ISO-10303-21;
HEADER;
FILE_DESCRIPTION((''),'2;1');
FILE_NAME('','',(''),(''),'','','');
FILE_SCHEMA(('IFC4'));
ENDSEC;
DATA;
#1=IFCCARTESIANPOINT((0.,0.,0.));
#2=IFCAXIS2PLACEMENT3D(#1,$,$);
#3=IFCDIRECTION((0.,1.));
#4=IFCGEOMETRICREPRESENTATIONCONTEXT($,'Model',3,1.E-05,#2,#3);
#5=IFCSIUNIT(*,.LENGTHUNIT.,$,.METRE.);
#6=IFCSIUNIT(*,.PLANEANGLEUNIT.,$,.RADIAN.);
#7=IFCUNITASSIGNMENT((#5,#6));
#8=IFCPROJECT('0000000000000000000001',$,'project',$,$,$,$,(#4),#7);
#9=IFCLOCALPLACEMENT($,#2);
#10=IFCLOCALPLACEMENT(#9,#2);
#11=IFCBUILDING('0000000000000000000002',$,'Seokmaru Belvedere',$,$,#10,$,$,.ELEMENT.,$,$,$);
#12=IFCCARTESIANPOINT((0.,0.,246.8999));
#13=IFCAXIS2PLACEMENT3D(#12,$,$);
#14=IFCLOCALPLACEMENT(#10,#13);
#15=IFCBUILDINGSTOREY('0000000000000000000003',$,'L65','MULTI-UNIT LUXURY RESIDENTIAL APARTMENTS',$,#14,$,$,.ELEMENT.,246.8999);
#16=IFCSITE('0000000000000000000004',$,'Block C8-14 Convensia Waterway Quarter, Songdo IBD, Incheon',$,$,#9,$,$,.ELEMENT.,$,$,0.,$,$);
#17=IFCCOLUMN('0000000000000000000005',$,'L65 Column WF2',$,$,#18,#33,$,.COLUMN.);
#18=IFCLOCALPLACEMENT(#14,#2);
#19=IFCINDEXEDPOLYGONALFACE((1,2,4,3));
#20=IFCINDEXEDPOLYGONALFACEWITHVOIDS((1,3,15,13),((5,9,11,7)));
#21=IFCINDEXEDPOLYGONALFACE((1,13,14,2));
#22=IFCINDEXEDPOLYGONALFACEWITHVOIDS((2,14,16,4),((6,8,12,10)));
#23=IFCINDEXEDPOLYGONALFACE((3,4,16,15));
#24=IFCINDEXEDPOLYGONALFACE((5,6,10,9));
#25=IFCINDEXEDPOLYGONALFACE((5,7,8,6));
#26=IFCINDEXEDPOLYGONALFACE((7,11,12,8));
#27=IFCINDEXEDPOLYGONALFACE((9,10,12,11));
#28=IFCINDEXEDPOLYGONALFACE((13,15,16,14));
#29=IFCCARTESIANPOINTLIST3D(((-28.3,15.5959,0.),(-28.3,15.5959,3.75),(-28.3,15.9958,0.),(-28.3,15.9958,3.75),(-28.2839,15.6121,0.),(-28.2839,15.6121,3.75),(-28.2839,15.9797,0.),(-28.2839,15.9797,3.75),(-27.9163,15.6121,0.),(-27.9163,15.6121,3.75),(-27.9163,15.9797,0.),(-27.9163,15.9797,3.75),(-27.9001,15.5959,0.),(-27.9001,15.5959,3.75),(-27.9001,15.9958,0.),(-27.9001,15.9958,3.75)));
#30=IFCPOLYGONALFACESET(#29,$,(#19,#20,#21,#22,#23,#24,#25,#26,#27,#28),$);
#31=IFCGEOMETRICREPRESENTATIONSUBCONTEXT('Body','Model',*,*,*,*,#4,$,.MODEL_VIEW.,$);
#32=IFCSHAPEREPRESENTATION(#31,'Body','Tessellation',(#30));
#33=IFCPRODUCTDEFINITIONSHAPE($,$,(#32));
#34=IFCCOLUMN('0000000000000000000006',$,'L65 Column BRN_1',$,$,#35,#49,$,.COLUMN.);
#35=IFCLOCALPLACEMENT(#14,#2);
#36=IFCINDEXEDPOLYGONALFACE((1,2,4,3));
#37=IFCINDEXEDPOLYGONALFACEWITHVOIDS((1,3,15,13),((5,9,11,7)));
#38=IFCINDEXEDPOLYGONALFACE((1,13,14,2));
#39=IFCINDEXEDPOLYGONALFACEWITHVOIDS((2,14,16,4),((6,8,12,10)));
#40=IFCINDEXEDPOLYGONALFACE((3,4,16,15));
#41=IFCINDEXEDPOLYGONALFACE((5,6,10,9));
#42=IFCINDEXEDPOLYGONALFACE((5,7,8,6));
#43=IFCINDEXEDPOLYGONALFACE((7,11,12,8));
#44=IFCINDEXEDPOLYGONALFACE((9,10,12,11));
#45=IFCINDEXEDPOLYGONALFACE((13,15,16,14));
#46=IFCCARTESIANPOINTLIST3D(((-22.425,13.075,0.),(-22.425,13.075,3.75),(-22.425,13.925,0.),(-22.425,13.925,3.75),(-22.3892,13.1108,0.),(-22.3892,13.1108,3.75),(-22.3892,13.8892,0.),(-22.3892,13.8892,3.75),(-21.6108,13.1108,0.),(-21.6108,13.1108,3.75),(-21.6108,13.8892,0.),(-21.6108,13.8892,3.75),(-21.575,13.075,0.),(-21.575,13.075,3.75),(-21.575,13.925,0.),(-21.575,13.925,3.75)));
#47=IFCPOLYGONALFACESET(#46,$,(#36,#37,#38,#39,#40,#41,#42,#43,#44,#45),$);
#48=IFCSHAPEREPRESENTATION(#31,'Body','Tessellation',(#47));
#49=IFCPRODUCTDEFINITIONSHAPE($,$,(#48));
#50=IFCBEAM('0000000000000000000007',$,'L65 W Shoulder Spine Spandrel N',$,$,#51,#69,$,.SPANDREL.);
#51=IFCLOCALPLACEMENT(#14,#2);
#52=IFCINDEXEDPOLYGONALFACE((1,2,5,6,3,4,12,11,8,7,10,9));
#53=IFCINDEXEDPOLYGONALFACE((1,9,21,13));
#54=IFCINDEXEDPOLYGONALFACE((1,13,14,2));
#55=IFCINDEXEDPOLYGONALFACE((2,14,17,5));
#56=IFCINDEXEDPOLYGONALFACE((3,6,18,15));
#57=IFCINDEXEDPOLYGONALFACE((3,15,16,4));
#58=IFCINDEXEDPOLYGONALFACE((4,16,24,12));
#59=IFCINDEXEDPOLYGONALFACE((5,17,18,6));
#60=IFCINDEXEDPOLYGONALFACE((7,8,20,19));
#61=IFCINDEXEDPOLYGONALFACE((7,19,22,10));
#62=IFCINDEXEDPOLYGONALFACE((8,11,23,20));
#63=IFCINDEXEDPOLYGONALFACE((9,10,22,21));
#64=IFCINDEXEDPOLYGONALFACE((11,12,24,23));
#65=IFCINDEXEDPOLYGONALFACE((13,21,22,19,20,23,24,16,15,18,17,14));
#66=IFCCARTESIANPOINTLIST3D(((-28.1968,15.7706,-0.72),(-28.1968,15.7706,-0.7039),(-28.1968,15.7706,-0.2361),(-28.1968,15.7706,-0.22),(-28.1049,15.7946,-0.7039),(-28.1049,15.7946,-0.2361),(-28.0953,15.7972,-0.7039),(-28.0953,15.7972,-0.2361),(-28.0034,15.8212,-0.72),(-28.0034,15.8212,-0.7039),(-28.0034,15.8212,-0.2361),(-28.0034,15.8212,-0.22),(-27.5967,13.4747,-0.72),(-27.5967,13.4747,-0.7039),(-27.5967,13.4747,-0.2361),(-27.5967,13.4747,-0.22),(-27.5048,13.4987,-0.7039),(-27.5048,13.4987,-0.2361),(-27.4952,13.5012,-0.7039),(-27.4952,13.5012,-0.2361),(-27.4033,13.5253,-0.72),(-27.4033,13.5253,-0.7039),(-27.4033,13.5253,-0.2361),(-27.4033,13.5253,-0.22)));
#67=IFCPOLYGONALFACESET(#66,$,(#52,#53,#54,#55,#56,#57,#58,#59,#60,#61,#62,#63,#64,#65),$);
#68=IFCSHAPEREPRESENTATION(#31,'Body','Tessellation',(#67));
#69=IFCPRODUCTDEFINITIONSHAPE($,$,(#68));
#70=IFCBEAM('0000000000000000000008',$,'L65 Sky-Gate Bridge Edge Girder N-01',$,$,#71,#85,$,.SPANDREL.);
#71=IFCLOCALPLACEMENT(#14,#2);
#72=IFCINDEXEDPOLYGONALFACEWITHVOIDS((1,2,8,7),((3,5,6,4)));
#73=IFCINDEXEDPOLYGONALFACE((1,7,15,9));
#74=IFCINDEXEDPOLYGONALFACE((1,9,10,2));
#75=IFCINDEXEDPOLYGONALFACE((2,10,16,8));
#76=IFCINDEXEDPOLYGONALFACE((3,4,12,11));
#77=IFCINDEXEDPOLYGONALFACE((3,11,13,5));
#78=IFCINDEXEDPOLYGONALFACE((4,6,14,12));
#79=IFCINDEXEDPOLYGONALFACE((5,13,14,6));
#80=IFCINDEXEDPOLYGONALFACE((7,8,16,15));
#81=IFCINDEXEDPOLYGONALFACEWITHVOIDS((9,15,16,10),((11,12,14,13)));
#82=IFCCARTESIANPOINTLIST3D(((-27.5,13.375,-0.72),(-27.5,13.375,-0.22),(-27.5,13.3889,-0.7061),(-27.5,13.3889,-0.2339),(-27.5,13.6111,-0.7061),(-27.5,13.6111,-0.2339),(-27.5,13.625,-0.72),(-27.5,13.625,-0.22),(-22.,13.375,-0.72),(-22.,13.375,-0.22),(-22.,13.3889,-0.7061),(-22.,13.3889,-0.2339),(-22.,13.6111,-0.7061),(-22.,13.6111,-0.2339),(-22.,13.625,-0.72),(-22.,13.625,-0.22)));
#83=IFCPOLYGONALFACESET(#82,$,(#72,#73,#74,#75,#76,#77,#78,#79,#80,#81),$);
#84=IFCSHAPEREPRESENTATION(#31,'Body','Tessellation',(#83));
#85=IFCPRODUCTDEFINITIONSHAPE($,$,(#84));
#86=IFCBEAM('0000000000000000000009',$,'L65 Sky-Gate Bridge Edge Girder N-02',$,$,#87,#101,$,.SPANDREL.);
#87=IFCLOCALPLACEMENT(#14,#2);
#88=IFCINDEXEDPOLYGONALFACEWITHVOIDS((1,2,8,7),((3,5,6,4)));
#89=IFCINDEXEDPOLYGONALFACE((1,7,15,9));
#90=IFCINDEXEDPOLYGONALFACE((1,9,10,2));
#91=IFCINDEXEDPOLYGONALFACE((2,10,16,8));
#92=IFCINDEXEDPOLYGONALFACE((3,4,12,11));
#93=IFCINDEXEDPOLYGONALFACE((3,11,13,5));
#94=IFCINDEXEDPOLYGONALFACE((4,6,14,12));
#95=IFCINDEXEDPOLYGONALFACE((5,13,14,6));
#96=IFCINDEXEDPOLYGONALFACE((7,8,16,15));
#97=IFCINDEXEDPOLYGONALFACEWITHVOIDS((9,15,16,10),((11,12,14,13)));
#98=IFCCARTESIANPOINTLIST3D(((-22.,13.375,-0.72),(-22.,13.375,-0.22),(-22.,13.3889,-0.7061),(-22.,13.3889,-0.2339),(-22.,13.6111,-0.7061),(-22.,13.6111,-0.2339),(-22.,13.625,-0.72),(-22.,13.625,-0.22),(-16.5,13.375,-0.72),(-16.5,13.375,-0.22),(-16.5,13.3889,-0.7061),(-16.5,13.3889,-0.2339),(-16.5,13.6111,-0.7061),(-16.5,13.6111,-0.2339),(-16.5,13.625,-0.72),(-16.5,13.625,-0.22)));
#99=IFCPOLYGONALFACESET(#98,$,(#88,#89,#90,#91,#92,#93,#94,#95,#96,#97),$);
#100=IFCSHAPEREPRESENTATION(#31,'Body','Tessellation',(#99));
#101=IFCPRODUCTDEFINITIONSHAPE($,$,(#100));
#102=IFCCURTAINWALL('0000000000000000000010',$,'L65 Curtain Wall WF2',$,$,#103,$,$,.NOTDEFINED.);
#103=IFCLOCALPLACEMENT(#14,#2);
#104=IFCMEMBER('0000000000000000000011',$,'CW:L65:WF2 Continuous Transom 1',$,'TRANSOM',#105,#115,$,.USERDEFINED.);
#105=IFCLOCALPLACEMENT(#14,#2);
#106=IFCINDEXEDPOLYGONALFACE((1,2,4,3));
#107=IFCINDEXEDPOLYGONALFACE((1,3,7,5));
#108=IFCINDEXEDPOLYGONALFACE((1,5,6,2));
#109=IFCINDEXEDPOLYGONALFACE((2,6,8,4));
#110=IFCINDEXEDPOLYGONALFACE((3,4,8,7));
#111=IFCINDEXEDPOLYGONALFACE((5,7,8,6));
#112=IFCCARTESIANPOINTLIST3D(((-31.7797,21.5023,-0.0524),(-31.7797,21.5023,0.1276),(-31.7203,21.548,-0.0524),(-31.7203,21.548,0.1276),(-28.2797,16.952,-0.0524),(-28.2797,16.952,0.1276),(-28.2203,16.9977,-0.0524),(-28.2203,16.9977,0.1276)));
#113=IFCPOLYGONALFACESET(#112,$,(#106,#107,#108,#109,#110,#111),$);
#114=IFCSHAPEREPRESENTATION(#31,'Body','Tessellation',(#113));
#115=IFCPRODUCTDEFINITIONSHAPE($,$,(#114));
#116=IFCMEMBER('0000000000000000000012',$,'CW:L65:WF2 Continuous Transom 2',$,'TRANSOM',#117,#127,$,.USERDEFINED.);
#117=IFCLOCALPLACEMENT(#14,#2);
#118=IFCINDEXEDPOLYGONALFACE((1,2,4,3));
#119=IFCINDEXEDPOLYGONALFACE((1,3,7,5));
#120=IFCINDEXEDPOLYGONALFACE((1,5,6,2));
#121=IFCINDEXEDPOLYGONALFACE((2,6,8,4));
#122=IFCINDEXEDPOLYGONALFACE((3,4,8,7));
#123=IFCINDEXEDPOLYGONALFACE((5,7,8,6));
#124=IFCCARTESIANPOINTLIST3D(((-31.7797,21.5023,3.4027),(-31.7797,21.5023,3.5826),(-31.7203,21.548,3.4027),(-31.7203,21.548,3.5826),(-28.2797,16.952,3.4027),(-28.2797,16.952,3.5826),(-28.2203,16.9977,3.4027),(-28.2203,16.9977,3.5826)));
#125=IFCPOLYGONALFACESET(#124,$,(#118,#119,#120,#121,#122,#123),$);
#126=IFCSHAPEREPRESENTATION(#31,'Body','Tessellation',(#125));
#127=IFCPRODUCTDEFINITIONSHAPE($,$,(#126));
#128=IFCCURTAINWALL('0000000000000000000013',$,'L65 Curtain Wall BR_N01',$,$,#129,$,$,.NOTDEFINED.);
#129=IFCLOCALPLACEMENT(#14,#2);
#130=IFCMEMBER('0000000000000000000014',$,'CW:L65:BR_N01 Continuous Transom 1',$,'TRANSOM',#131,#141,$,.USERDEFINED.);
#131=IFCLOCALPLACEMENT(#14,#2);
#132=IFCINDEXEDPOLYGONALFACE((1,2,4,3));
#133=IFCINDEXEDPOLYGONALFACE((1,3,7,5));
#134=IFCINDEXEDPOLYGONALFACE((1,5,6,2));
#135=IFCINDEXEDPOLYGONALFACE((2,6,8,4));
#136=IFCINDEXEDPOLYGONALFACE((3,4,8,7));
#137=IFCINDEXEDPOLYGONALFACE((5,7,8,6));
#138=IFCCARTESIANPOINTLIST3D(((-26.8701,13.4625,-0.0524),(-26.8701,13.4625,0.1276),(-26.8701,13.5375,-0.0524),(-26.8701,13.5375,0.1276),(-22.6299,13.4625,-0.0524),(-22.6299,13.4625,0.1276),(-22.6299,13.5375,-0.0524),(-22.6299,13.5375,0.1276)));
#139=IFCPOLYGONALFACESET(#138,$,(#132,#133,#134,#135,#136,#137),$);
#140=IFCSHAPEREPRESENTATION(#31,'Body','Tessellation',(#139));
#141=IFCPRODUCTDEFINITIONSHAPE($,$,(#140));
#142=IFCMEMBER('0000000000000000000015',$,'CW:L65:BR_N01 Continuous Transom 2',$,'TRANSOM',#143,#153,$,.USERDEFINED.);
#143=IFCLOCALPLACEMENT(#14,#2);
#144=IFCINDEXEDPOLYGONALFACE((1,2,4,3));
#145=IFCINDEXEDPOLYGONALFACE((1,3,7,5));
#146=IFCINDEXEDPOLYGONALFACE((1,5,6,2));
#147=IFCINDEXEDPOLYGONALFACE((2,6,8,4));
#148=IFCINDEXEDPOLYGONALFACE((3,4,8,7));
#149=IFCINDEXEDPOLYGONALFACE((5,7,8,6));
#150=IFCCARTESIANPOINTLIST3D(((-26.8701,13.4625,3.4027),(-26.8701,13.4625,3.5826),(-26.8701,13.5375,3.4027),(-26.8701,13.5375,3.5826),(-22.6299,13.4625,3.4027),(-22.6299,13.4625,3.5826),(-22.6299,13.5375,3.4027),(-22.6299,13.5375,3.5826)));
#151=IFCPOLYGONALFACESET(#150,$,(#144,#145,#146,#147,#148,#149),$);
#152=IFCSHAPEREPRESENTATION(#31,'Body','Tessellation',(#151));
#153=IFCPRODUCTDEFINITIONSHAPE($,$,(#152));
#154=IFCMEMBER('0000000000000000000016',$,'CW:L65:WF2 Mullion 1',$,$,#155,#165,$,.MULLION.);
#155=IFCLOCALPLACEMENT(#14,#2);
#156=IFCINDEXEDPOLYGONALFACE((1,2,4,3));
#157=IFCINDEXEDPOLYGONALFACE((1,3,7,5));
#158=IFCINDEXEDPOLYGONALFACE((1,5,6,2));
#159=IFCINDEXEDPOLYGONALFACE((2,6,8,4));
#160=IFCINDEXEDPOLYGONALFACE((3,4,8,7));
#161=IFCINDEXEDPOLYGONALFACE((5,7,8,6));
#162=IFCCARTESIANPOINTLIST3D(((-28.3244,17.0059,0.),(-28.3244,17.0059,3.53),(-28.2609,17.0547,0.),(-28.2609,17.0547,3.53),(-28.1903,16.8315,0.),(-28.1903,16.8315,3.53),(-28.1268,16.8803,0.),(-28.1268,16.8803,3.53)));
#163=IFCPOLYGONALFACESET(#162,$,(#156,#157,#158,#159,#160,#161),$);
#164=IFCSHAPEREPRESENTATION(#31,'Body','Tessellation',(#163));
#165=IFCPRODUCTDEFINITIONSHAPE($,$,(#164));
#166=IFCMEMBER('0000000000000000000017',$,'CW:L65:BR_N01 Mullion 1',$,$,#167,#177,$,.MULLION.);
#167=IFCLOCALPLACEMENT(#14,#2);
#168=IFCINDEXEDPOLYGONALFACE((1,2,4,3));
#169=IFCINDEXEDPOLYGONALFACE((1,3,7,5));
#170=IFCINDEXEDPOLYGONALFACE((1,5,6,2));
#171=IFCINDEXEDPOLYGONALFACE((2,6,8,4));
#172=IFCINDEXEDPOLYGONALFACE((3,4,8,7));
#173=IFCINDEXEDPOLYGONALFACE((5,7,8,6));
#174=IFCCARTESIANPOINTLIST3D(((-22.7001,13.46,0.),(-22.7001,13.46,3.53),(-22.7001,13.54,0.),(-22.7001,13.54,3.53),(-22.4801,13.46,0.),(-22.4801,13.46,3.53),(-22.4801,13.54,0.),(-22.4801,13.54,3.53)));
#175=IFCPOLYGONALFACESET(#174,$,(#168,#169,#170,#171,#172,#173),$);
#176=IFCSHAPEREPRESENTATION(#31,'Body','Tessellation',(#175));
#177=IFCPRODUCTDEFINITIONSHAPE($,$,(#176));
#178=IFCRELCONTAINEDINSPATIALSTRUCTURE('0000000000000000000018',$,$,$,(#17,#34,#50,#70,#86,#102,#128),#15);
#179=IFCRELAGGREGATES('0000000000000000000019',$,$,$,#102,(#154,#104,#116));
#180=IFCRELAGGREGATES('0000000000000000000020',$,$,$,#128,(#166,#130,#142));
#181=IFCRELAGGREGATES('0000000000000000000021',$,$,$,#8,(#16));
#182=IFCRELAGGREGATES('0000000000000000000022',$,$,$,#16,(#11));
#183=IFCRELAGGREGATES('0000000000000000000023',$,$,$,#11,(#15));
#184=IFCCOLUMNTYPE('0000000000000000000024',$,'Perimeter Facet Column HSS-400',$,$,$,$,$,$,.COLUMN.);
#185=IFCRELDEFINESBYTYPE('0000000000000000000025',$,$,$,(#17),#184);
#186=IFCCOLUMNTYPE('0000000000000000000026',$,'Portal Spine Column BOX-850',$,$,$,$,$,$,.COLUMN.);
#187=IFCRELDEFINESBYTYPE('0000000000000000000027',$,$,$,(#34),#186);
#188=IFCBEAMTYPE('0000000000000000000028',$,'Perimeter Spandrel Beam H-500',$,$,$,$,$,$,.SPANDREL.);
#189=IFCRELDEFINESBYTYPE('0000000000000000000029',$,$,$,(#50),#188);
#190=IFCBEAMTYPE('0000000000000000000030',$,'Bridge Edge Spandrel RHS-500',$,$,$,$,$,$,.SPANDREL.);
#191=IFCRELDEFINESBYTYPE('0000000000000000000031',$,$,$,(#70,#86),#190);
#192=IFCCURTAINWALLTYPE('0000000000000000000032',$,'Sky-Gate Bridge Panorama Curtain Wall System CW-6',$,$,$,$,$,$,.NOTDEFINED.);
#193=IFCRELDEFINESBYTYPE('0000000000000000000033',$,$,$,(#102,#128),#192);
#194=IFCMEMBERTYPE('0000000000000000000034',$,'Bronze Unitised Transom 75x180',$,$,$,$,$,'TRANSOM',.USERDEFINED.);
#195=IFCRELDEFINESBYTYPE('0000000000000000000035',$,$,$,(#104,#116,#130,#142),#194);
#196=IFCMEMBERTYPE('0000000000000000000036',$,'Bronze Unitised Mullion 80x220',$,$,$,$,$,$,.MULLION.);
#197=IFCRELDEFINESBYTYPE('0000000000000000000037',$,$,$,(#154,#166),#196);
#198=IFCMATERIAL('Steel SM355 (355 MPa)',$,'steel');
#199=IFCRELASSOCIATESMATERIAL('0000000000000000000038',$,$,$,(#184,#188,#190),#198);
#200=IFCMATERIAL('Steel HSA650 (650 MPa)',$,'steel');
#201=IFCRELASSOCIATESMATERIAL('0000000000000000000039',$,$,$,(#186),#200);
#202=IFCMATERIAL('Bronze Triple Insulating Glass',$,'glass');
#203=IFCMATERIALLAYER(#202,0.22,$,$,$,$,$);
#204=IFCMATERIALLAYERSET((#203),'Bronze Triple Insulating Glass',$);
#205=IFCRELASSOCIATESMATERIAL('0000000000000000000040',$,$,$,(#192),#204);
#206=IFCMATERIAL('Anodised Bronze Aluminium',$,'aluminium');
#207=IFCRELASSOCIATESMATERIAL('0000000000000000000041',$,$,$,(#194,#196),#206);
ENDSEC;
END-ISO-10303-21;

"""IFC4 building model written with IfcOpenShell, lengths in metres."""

from ifc_helpers import new_model, si_unit, direction, frame, origin, origin_2d, place, context, subcontext, project, spatial, rectangle, hollow_rectangle, i_section, extrude, source, transform, mapped, material, layer, layer_set, material_profile, profile_set, type_object, type_shapes, element, aggregate, save


model = new_model("IFC4")

# Units and contexts
model_context = context("Model", 3, precision=1e-05, world=origin(), true_north=direction((0.0, 1.0)))
body_context = subcontext(model_context, "Body", "Model", "MODEL_VIEW")
ifc_project = project(units=[si_unit("LENGTHUNIT", "METRE"), si_unit("PLANEANGLEUNIT", "RADIAN")], contexts=[model_context])

# Site, building, storey
site_placement = place(None, origin())
site = spatial("IfcSite", under=ifc_project, at=site_placement, Name="Block C8-14 Convensia Waterway Quarter, Songdo IBD, Incheon", CompositionType="ELEMENT", RefElevation=0.0)
building_placement = place(site_placement, origin())
building = spatial("IfcBuilding", under=site, at=building_placement, Name="Seokmaru Belvedere", CompositionType="ELEMENT")
storey_placement = place(building_placement, frame((0.0, 0.0, 246.8999)))
storey = spatial("IfcBuildingStorey", under=building, at=storey_placement, Name="L65", Description="MULTI-UNIT LUXURY RESIDENTIAL APARTMENTS", CompositionType="ELEMENT", Elevation=246.8999)

# Columns
ifc_material_1 = material(Name="Steel SM355 (355 MPa)", Category="steel")
ifc_material_profile_1 = material_profile(ifc_material_1, hollow_rectangle(XDim=0.3999, YDim=0.3999, WallThickness=0.0161, at=origin_2d()), Name="HSS-400x400x16")
ifc_profile_set_1 = profile_set([ifc_material_profile_1], Name="Steel SM355 (355 MPa)")
column_type_1 = type_object("IfcColumnType", Name="Perimeter Facet Column HSS-400", PredefinedType="COLUMN", material=ifc_profile_set_1)
shared_shape_1 = source(origin(), body_context, "Body", "SweptSolid", [
    extrude(hollow_rectangle(XDim=0.3999, YDim=0.3999, WallThickness=0.0161, at=origin_2d()), origin(), (0.0, 0.0, 1.0), 3.75),
])
type_shapes(column_type_1, [shared_shape_1])
column_1_placement = place(storey_placement, frame((-28.1001, 15.7959, 0.0), z_axis=(0.0, 0.0, 1.0), x_axis=(1.0, 0.0, 0.0)))
element("IfcColumn", 1, at=column_1_placement, inside=storey, type_object=column_type_1, Name="L65 Column WF2", PredefinedType="COLUMN", context=body_context, shape_type="MappedRepresentation", body=[
    mapped(shared_shape_1, transform((0.0, 0.0, 0.0), scale=1.0)),
])
ifc_material_2 = material(Name="Steel HSA650 (650 MPa)", Category="steel")
ifc_material_profile_2 = material_profile(ifc_material_2, hollow_rectangle(XDim=0.8501, YDim=0.8501, WallThickness=0.0359, at=origin_2d()), Name="BOX-850x850x36")
ifc_profile_set_2 = profile_set([ifc_material_profile_2], Name="Steel HSA650 (650 MPa)")
column_type_2 = type_object("IfcColumnType", Name="Portal Spine Column BOX-850", PredefinedType="COLUMN", material=ifc_profile_set_2)
shared_shape_2 = source(origin(), body_context, "Body", "SweptSolid", [
    extrude(hollow_rectangle(XDim=0.8501, YDim=0.8501, WallThickness=0.0359, at=origin_2d()), origin(), (0.0, 0.0, 1.0), 3.75),
])
type_shapes(column_type_2, [shared_shape_2])
column_2_placement = place(storey_placement, frame((-22.0, 13.5, 0.0), z_axis=(0.0, 0.0, 1.0), x_axis=(1.0, 0.0, 0.0)))
element("IfcColumn", 2, at=column_2_placement, inside=storey, type_object=column_type_2, Name="L65 Column BRN_1", PredefinedType="COLUMN", context=body_context, shape_type="MappedRepresentation", body=[
    mapped(shared_shape_2, transform((0.0, 0.0, 0.0), scale=1.0)),
])

# Beams
ifc_material_profile_3 = material_profile(ifc_material_1, i_section(OverallWidth=0.2, OverallDepth=0.5, WebThickness=0.01, FlangeThickness=0.0161, at=origin_2d()), Name="H-500x200x10x16")
ifc_profile_set_3 = profile_set([ifc_material_profile_3], Name="Steel SM355 (355 MPa)")
beam_type_1 = type_object("IfcBeamType", Name="Perimeter Spandrel Beam H-500", PredefinedType="SPANDREL", material=ifc_profile_set_3)
shared_shape_3 = source(origin(), body_context, "Body", "SweptSolid", [
    extrude(i_section(OverallWidth=0.2, OverallDepth=0.5, WebThickness=0.01, FlangeThickness=0.0161, at=origin_2d()), origin(), (0.0, 0.0, 1.0), 2.373),
])
type_shapes(beam_type_1, [shared_shape_3])
beam_placement = place(storey_placement, frame((-28.1001, 15.7959, -0.47), z_axis=(0.252883, -0.967497, 0.0), x_axis=(0.967497, 0.252883, 0.0)))
element("IfcBeam", 3, at=beam_placement, inside=storey, type_object=beam_type_1, Name="L65 W Shoulder Spine Spandrel N", PredefinedType="SPANDREL", context=body_context, shape_type="MappedRepresentation", body=[
    mapped(shared_shape_3, transform((0.0, 0.0, 0.0), scale=1.0)),
])
ifc_material_profile_4 = material_profile(ifc_material_1, hollow_rectangle(XDim=0.25, YDim=0.5, WallThickness=0.0139, at=origin_2d()), Name="RHS-500x250x14")
ifc_profile_set_4 = profile_set([ifc_material_profile_4], Name="Steel SM355 (355 MPa)")
beam_type_2 = type_object("IfcBeamType", Name="Bridge Edge Spandrel RHS-500", PredefinedType="SPANDREL", material=ifc_profile_set_4)
shared_shape_4 = source(origin(), body_context, "Body", "SweptSolid", [
    extrude(hollow_rectangle(XDim=0.25, YDim=0.5, WallThickness=0.0139, at=origin_2d()), origin(), (0.0, 0.0, 1.0), 5.5),
])
type_shapes(beam_type_2, [shared_shape_4])
for number, where, z_axis, x_axis, name in (
    (4, (-27.5, 13.5, -0.47), (1.0, 0.0, 0.0), (0.0, 1.0, 0.0), "L65 Sky-Gate Bridge Edge Girder N-01"),
    (5, (-22.0, 13.5, -0.47), (1.0, 0.0, 0.0), (0.0, 1.0, 0.0), "L65 Sky-Gate Bridge Edge Girder N-02"),
):
    element("IfcBeam", number, at=place(storey_placement, frame(where, z_axis=z_axis, x_axis=x_axis)), inside=storey, type_object=beam_type_2, Name=name, PredefinedType="SPANDREL", context=body_context, shape_type="MappedRepresentation", body=[
        mapped(shared_shape_4, transform((0.0, 0.0, 0.0), scale=1.0)),
    ])

# Curtain walls, members
ifc_material_3 = material(Name="Bronze Triple Insulating Glass", Category="glass")
ifc_layer_1 = layer(ifc_material_3, 0.22)
ifc_layer_set_1 = layer_set([ifc_layer_1], Name="Bronze Triple Insulating Glass")
curtain_wall_type = type_object("IfcCurtainWallType", Name="Sky-Gate Bridge Panorama Curtain Wall System CW-6", PredefinedType="NOTDEFINED", material=ifc_layer_set_1)
curtain_wall_1_placement = place(storey_placement, origin())
curtain_wall_1 = element("IfcCurtainWall", 6, at=curtain_wall_1_placement, inside=storey, type_object=curtain_wall_type, Name="L65 Curtain Wall WF2", PredefinedType="NOTDEFINED")
ifc_material_4 = material(Name="Anodised Bronze Aluminium", Category="aluminium")
ifc_material_profile_5 = material_profile(ifc_material_4, rectangle(XDim=0.075, YDim=0.1799, at=origin_2d()), Name="CW-T-75x180")
ifc_profile_set_5 = profile_set([ifc_material_profile_5], Name="Anodised Bronze Aluminium")
member_type_1 = type_object("IfcMemberType", Name="Bronze Unitised Transom 75x180", ElementType="TRANSOM", PredefinedType="USERDEFINED", material=ifc_profile_set_5)
shared_shape_5 = source(origin(), body_context, "Body", "SweptSolid", [
    extrude(rectangle(XDim=0.075, YDim=0.1799, at=origin_2d()), origin(), (0.0, 0.0, 1.0), 5.7407),
])
member_1_placement = place(storey_placement, frame((-28.25, 16.9749, 0.0376), z_axis=(-0.609686, 0.792643, 0.0), x_axis=(-0.792643, -0.609686, 0.0)))
member_1 = element("IfcMember", 7, at=member_1_placement, type_object=member_type_1, Name="CW:L65:WF2 Continuous Transom 1", ObjectType="TRANSOM", PredefinedType="USERDEFINED", context=body_context, shape_type="MappedRepresentation", body=[
    mapped(shared_shape_5, transform((0.0, 0.0, 0.0), scale=1.0)),
])
member_2_placement = place(storey_placement, frame((-28.25, 16.9749, 3.4927), z_axis=(-0.609686, 0.792643, 0.0), x_axis=(-0.792643, -0.609686, 0.0)))
member_2 = element("IfcMember", 8, at=member_2_placement, type_object=member_type_1, Name="CW:L65:WF2 Continuous Transom 2", ObjectType="TRANSOM", PredefinedType="USERDEFINED", context=body_context, shape_type="MappedRepresentation", body=[
    mapped(shared_shape_5, transform((0.0, 0.0, 0.0), scale=1.0)),
])
curtain_wall_2_placement = place(storey_placement, origin())
curtain_wall_2 = element("IfcCurtainWall", 9, at=curtain_wall_2_placement, inside=storey, type_object=curtain_wall_type, Name="L65 Curtain Wall BR_N01", PredefinedType="NOTDEFINED")
shared_shape_6 = source(origin(), body_context, "Body", "SweptSolid", [
    extrude(rectangle(XDim=0.075, YDim=0.1799, at=origin_2d()), origin(), (0.0, 0.0, 1.0), 4.2402),
])
type_shapes(member_type_1, [shared_shape_5, shared_shape_6])
member_3_placement = place(storey_placement, frame((-22.6299, 13.5, 0.0376), z_axis=(-1.0, 0.0, 0.0), x_axis=(0.0, -1.0, 0.0)))
member_3 = element("IfcMember", 10, at=member_3_placement, type_object=member_type_1, Name="CW:L65:BR_N01 Continuous Transom 1", ObjectType="TRANSOM", PredefinedType="USERDEFINED", context=body_context, shape_type="MappedRepresentation", body=[
    mapped(shared_shape_6, transform((0.0, 0.0, 0.0), scale=1.0)),
])
member_4_placement = place(storey_placement, frame((-22.6299, 13.5, 3.4927), z_axis=(-1.0, 0.0, 0.0), x_axis=(0.0, -1.0, 0.0)))
member_4 = element("IfcMember", 11, at=member_4_placement, type_object=member_type_1, Name="CW:L65:BR_N01 Continuous Transom 2", ObjectType="TRANSOM", PredefinedType="USERDEFINED", context=body_context, shape_type="MappedRepresentation", body=[
    mapped(shared_shape_6, transform((0.0, 0.0, 0.0), scale=1.0)),
])

# Members
ifc_material_profile_6 = material_profile(ifc_material_4, rectangle(XDim=0.0801, YDim=0.22, at=origin_2d()), Name="CW-M-80x220")
ifc_profile_set_6 = profile_set([ifc_material_profile_6], Name="Anodised Bronze Aluminium")
member_type_2 = type_object("IfcMemberType", Name="Bronze Unitised Mullion 80x220", PredefinedType="MULLION", material=ifc_profile_set_6)
shared_shape_7 = source(origin(), body_context, "Body", "SweptSolid", [
    extrude(rectangle(XDim=0.0801, YDim=0.22, at=origin_2d()), origin(), (0.0, 0.0, 1.0), 3.53),
])
type_shapes(member_type_2, [shared_shape_7])
member_5_placement = place(storey_placement, frame((-28.2256, 16.9431, 0.0), z_axis=(0.0, 0.0, 1.0), x_axis=(-0.792631, -0.609701, 0.0)))
member_5 = element("IfcMember", 12, at=member_5_placement, type_object=member_type_2, Name="CW:L65:WF2 Mullion 1", PredefinedType="MULLION", context=body_context, shape_type="MappedRepresentation", body=[
    mapped(shared_shape_7, transform((0.0, 0.0, 0.0), scale=1.0)),
])
member_6_placement = place(storey_placement, frame((-22.5901, 13.5, 0.0), z_axis=(0.0, 0.0, 1.0), x_axis=(0.0, -1.0, 0.0)))
member_6 = element("IfcMember", 13, at=member_6_placement, type_object=member_type_2, Name="CW:L65:BR_N01 Mullion 1", PredefinedType="MULLION", context=body_context, shape_type="MappedRepresentation", body=[
    mapped(shared_shape_7, transform((0.0, 0.0, 0.0), scale=1.0)),
])

aggregate(curtain_wall_1, [member_5, member_1, member_2])
aggregate(curtain_wall_2, [member_6, member_3, member_4])

save(model, "model.ifc")
